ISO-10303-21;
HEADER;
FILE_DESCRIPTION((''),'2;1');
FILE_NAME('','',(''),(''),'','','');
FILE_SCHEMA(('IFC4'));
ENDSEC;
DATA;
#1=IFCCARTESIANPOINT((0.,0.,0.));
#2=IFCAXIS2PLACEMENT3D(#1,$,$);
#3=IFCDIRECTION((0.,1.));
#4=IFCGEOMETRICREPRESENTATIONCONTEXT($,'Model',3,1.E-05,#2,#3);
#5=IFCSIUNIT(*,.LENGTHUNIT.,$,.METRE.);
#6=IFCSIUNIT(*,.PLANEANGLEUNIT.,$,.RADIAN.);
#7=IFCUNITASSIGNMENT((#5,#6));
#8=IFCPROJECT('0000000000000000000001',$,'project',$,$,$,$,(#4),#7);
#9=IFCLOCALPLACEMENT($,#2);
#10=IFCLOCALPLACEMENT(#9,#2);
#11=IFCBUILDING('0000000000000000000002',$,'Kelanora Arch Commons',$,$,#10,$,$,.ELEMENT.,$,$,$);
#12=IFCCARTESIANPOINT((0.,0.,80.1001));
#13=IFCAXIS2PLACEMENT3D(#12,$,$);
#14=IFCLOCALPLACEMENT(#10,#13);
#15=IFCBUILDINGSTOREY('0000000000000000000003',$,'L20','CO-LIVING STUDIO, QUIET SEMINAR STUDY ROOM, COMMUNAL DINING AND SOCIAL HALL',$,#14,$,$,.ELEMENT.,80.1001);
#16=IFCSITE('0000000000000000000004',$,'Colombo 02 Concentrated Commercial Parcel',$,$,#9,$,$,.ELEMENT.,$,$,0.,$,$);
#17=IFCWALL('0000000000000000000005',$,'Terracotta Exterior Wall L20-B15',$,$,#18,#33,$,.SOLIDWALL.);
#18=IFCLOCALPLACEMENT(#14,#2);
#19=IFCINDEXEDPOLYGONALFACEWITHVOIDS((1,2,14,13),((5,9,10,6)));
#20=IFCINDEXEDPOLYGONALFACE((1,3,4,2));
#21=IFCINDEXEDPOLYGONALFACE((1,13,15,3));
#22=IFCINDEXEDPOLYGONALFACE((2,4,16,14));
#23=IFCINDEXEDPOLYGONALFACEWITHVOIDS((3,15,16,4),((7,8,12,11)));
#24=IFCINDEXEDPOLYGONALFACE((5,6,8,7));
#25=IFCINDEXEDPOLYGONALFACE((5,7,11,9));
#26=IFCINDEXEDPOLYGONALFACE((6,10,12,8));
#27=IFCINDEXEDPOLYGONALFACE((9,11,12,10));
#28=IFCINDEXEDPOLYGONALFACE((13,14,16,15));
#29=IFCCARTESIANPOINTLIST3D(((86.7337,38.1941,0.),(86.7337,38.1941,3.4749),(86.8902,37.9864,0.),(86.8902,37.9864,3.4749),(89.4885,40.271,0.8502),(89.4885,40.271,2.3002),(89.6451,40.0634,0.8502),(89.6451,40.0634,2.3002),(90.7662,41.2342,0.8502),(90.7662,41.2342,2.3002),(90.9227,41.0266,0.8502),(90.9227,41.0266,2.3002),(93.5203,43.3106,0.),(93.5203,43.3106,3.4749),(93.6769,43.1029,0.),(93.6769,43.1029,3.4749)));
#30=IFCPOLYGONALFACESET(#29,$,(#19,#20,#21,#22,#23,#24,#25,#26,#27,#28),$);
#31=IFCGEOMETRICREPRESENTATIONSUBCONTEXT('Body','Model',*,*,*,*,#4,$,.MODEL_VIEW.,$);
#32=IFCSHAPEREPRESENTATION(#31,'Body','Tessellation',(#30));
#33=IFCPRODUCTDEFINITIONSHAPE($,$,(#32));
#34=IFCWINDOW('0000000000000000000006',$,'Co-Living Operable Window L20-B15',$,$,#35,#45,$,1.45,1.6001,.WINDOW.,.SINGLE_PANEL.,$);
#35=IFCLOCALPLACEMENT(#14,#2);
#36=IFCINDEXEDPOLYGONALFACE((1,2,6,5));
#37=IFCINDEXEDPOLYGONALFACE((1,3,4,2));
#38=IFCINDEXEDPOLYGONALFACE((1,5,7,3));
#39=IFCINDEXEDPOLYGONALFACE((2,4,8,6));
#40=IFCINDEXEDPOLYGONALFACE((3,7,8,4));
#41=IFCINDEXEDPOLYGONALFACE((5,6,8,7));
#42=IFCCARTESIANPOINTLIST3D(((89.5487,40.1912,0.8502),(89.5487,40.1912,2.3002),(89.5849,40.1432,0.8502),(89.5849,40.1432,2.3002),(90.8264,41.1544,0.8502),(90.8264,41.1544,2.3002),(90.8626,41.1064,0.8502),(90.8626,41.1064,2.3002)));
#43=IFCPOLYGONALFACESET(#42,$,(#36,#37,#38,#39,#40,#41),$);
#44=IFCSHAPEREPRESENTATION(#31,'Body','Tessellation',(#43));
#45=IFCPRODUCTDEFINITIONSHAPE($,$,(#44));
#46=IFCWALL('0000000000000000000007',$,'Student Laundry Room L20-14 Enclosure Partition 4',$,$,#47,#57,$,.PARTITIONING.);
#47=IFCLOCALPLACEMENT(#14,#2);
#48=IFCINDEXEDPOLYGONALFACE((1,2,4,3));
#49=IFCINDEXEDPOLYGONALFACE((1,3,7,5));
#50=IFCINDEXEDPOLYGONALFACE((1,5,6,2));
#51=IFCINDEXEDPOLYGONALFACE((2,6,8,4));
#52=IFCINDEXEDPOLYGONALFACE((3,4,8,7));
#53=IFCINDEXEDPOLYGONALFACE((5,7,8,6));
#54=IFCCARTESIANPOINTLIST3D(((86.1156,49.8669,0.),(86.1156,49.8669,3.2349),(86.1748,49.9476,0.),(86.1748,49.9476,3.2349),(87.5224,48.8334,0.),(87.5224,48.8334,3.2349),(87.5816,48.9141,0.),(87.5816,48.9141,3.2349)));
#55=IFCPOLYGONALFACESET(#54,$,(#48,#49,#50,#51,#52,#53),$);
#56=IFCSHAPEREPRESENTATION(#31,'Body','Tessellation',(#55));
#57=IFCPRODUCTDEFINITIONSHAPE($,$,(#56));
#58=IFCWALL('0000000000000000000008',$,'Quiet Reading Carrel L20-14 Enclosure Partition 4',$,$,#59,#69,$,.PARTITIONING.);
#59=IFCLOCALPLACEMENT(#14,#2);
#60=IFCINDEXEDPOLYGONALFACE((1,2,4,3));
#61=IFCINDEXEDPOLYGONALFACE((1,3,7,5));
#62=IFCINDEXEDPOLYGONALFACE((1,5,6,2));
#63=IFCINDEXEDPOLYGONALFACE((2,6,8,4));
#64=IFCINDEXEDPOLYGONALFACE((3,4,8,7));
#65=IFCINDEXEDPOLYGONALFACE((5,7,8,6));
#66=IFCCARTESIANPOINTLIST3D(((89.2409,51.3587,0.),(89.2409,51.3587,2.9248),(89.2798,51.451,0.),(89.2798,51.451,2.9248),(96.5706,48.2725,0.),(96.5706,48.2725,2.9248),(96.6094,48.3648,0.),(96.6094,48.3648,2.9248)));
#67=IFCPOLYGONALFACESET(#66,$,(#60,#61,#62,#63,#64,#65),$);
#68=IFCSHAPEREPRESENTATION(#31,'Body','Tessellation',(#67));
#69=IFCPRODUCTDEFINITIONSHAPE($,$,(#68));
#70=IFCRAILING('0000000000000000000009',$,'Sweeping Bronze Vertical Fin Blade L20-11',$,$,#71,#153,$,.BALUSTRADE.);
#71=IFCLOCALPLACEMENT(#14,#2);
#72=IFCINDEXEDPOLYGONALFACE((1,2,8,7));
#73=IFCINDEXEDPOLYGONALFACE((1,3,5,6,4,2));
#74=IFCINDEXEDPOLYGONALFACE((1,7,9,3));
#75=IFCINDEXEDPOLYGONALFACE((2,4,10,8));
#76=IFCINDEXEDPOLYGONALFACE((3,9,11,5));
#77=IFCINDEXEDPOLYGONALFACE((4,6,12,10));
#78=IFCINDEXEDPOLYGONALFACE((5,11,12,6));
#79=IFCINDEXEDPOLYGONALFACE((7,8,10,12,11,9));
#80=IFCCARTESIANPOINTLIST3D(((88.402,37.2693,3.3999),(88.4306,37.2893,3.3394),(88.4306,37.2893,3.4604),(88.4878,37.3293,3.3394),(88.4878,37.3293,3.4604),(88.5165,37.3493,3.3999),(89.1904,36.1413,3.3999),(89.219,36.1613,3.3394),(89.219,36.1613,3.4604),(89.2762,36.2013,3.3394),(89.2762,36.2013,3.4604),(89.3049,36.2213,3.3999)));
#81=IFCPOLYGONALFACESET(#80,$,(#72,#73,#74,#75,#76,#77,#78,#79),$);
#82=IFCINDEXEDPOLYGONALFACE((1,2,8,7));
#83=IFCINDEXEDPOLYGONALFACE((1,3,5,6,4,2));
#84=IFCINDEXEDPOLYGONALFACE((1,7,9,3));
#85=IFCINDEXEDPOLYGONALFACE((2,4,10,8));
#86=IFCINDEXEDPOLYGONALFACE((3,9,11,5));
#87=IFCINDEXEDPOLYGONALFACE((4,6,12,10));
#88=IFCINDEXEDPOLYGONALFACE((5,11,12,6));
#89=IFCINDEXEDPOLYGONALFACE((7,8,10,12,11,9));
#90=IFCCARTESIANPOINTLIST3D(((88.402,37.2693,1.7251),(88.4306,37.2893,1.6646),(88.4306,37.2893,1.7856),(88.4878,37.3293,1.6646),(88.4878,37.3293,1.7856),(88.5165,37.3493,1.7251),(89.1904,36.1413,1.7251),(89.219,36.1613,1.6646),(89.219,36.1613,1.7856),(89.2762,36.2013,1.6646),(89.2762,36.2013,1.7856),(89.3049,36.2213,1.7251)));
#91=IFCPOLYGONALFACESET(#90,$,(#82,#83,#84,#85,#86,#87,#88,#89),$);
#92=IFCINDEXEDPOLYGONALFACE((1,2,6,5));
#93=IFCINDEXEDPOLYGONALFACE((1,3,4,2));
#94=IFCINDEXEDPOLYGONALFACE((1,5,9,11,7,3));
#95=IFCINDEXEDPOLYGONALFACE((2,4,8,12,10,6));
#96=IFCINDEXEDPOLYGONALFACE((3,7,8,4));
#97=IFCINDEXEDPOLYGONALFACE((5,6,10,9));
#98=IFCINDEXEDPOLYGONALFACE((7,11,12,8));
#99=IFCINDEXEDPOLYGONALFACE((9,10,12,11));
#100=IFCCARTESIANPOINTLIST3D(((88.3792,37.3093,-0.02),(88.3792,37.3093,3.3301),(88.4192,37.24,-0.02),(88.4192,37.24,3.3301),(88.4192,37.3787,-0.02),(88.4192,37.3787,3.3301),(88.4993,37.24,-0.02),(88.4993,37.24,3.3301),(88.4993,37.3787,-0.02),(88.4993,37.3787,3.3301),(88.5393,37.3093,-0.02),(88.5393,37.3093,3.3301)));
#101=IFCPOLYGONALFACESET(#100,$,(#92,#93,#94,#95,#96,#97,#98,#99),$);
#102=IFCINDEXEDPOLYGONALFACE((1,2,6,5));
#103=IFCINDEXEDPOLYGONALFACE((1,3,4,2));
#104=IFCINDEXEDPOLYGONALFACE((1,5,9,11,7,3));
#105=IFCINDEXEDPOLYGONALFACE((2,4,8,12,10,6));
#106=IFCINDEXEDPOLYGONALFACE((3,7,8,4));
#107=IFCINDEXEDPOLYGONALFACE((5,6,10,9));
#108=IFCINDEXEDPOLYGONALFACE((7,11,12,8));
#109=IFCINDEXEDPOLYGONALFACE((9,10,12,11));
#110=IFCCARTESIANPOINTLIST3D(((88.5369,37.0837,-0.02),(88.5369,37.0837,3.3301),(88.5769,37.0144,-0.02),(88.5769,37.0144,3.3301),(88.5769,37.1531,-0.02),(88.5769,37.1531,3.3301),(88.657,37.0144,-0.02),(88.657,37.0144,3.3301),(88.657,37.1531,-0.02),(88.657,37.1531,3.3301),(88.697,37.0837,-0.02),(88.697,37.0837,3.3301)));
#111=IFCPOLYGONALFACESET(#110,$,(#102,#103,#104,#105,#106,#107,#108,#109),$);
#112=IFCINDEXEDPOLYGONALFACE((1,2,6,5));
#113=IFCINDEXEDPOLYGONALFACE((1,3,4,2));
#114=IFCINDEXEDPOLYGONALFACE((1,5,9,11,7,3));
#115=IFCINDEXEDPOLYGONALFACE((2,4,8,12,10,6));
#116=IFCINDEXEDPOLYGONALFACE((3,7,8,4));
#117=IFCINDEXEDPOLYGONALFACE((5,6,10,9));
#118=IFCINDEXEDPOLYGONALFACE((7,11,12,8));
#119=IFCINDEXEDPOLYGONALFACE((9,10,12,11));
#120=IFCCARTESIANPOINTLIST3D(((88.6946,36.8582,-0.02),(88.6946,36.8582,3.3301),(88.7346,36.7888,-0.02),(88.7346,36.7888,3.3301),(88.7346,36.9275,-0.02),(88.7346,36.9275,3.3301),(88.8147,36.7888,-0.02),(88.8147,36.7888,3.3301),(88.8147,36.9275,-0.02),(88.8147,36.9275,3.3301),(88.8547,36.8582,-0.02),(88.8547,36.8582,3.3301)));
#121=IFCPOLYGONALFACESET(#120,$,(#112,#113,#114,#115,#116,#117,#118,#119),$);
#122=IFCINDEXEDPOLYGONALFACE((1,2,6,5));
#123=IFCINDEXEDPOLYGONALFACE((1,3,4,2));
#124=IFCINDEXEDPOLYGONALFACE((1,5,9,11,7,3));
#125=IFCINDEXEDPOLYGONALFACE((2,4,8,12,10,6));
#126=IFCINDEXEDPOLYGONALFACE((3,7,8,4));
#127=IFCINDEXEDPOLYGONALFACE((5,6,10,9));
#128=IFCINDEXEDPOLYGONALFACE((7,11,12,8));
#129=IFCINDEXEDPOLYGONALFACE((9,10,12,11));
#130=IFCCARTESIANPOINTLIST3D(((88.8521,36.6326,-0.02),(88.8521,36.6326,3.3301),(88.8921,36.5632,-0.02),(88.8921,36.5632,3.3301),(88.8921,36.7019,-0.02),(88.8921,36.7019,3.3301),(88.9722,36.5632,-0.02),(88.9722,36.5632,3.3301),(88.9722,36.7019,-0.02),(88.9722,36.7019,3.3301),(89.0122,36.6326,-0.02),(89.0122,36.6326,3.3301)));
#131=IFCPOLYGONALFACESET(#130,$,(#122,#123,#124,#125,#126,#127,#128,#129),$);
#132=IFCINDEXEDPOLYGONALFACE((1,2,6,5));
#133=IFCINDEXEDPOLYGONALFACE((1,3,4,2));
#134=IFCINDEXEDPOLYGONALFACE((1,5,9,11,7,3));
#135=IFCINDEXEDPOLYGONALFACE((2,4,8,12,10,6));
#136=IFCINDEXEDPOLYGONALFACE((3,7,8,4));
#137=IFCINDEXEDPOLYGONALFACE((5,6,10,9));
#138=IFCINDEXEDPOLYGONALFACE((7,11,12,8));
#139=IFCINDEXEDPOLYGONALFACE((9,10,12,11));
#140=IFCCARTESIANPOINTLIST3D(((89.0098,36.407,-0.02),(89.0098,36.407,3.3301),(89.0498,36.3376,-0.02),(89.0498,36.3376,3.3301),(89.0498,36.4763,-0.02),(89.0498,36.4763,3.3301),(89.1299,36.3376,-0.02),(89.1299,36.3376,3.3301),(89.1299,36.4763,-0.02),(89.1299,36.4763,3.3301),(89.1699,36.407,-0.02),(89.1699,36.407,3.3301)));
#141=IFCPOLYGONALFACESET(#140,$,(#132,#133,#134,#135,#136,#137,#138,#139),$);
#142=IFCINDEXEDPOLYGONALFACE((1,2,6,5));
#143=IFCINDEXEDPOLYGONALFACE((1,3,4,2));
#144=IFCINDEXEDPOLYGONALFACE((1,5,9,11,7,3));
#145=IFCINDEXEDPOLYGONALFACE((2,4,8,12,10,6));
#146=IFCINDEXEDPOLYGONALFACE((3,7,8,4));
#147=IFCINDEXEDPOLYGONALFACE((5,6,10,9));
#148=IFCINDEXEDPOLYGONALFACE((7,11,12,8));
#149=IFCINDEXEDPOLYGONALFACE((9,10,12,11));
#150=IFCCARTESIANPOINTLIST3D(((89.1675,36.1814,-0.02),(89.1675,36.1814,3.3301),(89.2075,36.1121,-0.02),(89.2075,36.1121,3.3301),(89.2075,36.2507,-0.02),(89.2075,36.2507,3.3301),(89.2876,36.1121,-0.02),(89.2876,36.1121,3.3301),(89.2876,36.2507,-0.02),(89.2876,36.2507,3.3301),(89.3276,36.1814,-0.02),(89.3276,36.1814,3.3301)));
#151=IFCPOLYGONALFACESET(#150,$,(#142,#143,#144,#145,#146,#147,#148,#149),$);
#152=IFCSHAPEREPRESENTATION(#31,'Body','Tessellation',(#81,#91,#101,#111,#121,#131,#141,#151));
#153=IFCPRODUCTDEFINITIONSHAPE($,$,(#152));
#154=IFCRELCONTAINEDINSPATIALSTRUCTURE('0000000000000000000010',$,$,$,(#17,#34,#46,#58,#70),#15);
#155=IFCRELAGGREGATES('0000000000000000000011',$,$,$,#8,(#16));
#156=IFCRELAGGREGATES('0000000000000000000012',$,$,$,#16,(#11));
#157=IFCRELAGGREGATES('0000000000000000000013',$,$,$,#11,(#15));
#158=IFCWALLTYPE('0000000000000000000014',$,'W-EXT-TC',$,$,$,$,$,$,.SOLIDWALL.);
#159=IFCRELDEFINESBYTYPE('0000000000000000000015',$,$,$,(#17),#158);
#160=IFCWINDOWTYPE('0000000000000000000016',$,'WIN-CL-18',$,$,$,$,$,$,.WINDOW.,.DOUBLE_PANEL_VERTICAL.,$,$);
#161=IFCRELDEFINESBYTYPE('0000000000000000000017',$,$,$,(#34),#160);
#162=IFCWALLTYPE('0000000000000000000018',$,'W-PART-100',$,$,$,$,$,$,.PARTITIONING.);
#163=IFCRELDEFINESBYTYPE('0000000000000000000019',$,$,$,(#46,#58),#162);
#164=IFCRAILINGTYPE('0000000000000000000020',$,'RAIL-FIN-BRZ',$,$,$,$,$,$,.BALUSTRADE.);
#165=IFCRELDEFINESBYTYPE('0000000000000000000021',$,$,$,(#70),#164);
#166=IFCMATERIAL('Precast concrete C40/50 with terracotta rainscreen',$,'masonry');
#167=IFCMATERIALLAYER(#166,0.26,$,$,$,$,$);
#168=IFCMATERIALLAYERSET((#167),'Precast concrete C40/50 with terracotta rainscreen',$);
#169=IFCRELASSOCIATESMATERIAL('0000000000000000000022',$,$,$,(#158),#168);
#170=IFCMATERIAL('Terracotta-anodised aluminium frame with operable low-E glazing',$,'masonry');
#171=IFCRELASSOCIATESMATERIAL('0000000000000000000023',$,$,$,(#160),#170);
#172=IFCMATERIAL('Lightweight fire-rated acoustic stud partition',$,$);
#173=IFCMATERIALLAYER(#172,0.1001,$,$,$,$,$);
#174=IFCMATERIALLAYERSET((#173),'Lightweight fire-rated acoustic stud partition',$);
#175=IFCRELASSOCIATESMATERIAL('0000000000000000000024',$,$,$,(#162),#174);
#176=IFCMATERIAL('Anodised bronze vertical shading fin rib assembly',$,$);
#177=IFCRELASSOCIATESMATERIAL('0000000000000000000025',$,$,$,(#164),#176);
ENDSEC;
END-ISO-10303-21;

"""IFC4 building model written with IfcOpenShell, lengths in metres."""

from ifc_helpers import new_model, si_unit, direction, frame, frame_2d, origin, place, context, subcontext, project, spatial, polyline, rectangle, outline, extrude, material, layer, layer_set, type_object, element, fill, save


model = new_model("IFC4")

# Units and contexts
model_context = context("Model", 3, precision=1e-05, world=origin(), true_north=direction((0.0, 1.0)))
body_context = subcontext(model_context, "Body", "Model", "MODEL_VIEW")
ifc_project = project(units=[si_unit("LENGTHUNIT", "METRE"), si_unit("PLANEANGLEUNIT", "RADIAN")], contexts=[model_context])

# Site, building, storey
site_placement = place(None, origin())
site = spatial("IfcSite", under=ifc_project, at=site_placement, Name="Colombo 02 Concentrated Commercial Parcel", CompositionType="ELEMENT", RefElevation=0.0)
building_placement = place(site_placement, origin())
building = spatial("IfcBuilding", under=site, at=building_placement, Name="Kelanora Arch Commons", CompositionType="ELEMENT")
storey_placement = place(building_placement, frame((0.0, 0.0, 80.1001)))
storey = spatial("IfcBuildingStorey", under=building, at=storey_placement, Name="L20", Description="CO-LIVING STUDIO, QUIET SEMINAR STUDY ROOM, COMMUNAL DINING AND SOCIAL HALL", CompositionType="ELEMENT", Elevation=80.1001)

# Wall, opening, window
ifc_material_1 = material(Name="Precast concrete C40/50 with terracotta rainscreen", Category="masonry")
ifc_layer_1 = layer(ifc_material_1, 0.26)
ifc_layer_set_1 = layer_set([ifc_layer_1], Name="Precast concrete C40/50 with terracotta rainscreen")
wall_type_1 = type_object("IfcWallType", Name="W-EXT-TC", PredefinedType="SOLIDWALL", material=ifc_layer_set_1)
wall_1_placement = place(storey_placement, frame((86.812, 38.0903, 0.0), z_axis=(0.0, 0.0, 1.0), x_axis=(0.798502, 0.601993, 0.0)))
wall_1 = element("IfcWall", 1, at=wall_1_placement, inside=storey, type_object=wall_type_1, Name="Terracotta Exterior Wall L20-B15", PredefinedType="SOLIDWALL", context=body_context, shape_type="SweptSolid", body=[
    extrude(rectangle(XDim=8.4993, YDim=0.26, at=frame_2d((4.2495, 0.0))), origin(), (0.0, 0.0, 1.0), 3.4749),
])
opening_placement = place(wall_1_placement, frame((3.45, 0.0, 0.8501)))
opening = element("IfcOpeningElement", 2, at=opening_placement, cuts=wall_1, PredefinedType="OPENING", context=body_context, shape_type="SweptSolid", body=[
    extrude(rectangle(XDim=1.6001, YDim=1.45, at=frame_2d((0.8, 0.7251))), frame((0.0, 0.1401, 0.0), z_axis=(0.0, -1.0, 0.0), x_axis=(1.0, 0.0, 0.0)), (0.0, 0.0, 1.0), 0.28),
])
ifc_material_2 = material(Name="Terracotta-anodised aluminium frame with operable low-E glazing", Category="masonry")
window_type = type_object("IfcWindowType", Name="WIN-CL-18", PartitioningType="DOUBLE_PANEL_VERTICAL", PredefinedType="WINDOW", material=ifc_material_2)
window_placement = place(opening_placement, origin())
window = element("IfcWindow", 3, at=window_placement, inside=storey, type_object=window_type, Name="Co-Living Operable Window L20-B15", OverallHeight=1.45, OverallWidth=1.6001, PartitioningType="SINGLE_PANEL", PredefinedType="WINDOW", context=body_context, shape_type="SweptSolid", body=[
    extrude(rectangle(XDim=1.6001, YDim=1.45, at=frame_2d((0.8, 0.7251))), frame((0.0, 0.03, 0.0), z_axis=(0.0, -1.0, 0.0), x_axis=(1.0, 0.0, 0.0)), (0.0, 0.0, 1.0), 0.0601),
])
fill(opening, window)

# Walls
ifc_material_3 = material(Name="Lightweight fire-rated acoustic stud partition")
ifc_layer_2 = layer(ifc_material_3, 0.1001)
ifc_layer_set_2 = layer_set([ifc_layer_2], Name="Lightweight fire-rated acoustic stud partition")
wall_type_2 = type_object("IfcWallType", Name="W-PART-100", PredefinedType="PARTITIONING", material=ifc_layer_set_2)
wall_2_placement = place(storey_placement, frame((87.552, 48.8738, 0.0), z_axis=(0.0, 0.0, 1.0), x_axis=(-0.805902, 0.592049, 0.0)))
element("IfcWall", 4, at=wall_2_placement, inside=storey, type_object=wall_type_2, Name="Student Laundry Room L20-14 Enclosure Partition 4", PredefinedType="PARTITIONING", context=body_context, shape_type="SweptSolid", body=[
    extrude(rectangle(XDim=1.7456, YDim=0.1001, at=frame_2d((0.8728, 0.0))), origin(), (0.0, 0.0, 1.0), 3.2349),
])
wall_3_placement = place(storey_placement, frame((96.5901, 48.3186, 0.0), z_axis=(0.0, 0.0, 1.0), x_axis=(-0.921634, 0.388061, 0.0)))
element("IfcWall", 5, at=wall_3_placement, inside=storey, type_object=wall_type_2, Name="Quiet Reading Carrel L20-14 Enclosure Partition 4", PredefinedType="PARTITIONING", context=body_context, shape_type="SweptSolid", body=[
    extrude(rectangle(XDim=7.9529, YDim=0.1001, at=frame_2d((3.9766, 0.0))), origin(), (0.0, 0.0, 1.0), 2.9248),
])

# Railing
ifc_material_4 = material(Name="Anodised bronze vertical shading fin rib assembly")
railing_type = type_object("IfcRailingType", Name="RAIL-FIN-BRZ", PredefinedType="BALUSTRADE", material=ifc_material_4)
railing_1_placement = place(storey_placement, frame((88.4592, 37.3093, -0.02)))
element("IfcRailing", 6, at=railing_1_placement, inside=storey, type_object=railing_type, Name="Sweeping Bronze Vertical Fin Blade L20-11", PredefinedType="BALUSTRADE", context=body_context, shape_type="SweptSolid", body=[
    extrude(outline(polyline([(0.0698, 0.0), (0.0349, 0.0605), (-0.0349, 0.0605), (-0.0698, 0.0), (-0.0349, -0.0605), (0.0349, -0.0605), (0.0698, 0.0)])), frame((0.0, 0.0, 3.4199), z_axis=(0.572867, -0.819648, 0.0), x_axis=(0.819648, 0.572867, 0.0)), (0.0, 0.0, 1.0), 1.3762),
    extrude(outline(polyline([(0.0698, 0.0), (0.0349, 0.0605), (-0.0349, 0.0605), (-0.0698, 0.0), (-0.0349, -0.0605), (0.0349, -0.0605), (0.0698, 0.0)])), frame((0.0, 0.0, 1.7451), z_axis=(0.572867, -0.819648, 0.0), x_axis=(0.819648, 0.572867, 0.0)), (0.0, 0.0, 1.0), 1.3762),
    extrude(outline(polyline([(0.0801, 0.0), (0.04, 0.0693), (-0.04, 0.0693), (-0.0801, 0.0), (-0.04, -0.0693), (0.04, -0.0693), (0.0801, 0.0)])), origin(), (0.0, 0.0, 1.0), 3.3501),
    extrude(outline(polyline([(0.0801, 0.0), (0.04, 0.0693), (-0.04, 0.0693), (-0.0801, 0.0), (-0.04, -0.0693), (0.04, -0.0693), (0.0801, 0.0)])), frame((0.1577, -0.2256, 0.0)), (0.0, 0.0, 1.0), 3.3501),
    extrude(outline(polyline([(0.0801, 0.0), (0.04, 0.0693), (-0.04, 0.0693), (-0.0801, 0.0), (-0.04, -0.0693), (0.04, -0.0693), (0.0801, 0.0)])), frame((0.3154, -0.4512, 0.0)), (0.0, 0.0, 1.0), 3.3501),
    extrude(outline(polyline([(0.0801, 0.0), (0.04, 0.0693), (-0.04, 0.0693), (-0.0801, 0.0), (-0.04, -0.0693), (0.04, -0.0693), (0.0801, 0.0)])), frame((0.4729, -0.6768, 0.0)), (0.0, 0.0, 1.0), 3.3501),
    extrude(outline(polyline([(0.0801, 0.0), (0.04, 0.0693), (-0.04, 0.0693), (-0.0801, 0.0), (-0.04, -0.0693), (0.04, -0.0693), (0.0801, 0.0)])), frame((0.6306, -0.9023, 0.0)), (0.0, 0.0, 1.0), 3.3501),
    extrude(outline(polyline([(0.0801, 0.0), (0.04, 0.0693), (-0.04, 0.0693), (-0.0801, 0.0), (-0.04, -0.0693), (0.04, -0.0693), (0.0801, 0.0)])), frame((0.7883, -1.1279, 0.0)), (0.0, 0.0, 1.0), 3.3501),
])

save(model, "model.ifc")
